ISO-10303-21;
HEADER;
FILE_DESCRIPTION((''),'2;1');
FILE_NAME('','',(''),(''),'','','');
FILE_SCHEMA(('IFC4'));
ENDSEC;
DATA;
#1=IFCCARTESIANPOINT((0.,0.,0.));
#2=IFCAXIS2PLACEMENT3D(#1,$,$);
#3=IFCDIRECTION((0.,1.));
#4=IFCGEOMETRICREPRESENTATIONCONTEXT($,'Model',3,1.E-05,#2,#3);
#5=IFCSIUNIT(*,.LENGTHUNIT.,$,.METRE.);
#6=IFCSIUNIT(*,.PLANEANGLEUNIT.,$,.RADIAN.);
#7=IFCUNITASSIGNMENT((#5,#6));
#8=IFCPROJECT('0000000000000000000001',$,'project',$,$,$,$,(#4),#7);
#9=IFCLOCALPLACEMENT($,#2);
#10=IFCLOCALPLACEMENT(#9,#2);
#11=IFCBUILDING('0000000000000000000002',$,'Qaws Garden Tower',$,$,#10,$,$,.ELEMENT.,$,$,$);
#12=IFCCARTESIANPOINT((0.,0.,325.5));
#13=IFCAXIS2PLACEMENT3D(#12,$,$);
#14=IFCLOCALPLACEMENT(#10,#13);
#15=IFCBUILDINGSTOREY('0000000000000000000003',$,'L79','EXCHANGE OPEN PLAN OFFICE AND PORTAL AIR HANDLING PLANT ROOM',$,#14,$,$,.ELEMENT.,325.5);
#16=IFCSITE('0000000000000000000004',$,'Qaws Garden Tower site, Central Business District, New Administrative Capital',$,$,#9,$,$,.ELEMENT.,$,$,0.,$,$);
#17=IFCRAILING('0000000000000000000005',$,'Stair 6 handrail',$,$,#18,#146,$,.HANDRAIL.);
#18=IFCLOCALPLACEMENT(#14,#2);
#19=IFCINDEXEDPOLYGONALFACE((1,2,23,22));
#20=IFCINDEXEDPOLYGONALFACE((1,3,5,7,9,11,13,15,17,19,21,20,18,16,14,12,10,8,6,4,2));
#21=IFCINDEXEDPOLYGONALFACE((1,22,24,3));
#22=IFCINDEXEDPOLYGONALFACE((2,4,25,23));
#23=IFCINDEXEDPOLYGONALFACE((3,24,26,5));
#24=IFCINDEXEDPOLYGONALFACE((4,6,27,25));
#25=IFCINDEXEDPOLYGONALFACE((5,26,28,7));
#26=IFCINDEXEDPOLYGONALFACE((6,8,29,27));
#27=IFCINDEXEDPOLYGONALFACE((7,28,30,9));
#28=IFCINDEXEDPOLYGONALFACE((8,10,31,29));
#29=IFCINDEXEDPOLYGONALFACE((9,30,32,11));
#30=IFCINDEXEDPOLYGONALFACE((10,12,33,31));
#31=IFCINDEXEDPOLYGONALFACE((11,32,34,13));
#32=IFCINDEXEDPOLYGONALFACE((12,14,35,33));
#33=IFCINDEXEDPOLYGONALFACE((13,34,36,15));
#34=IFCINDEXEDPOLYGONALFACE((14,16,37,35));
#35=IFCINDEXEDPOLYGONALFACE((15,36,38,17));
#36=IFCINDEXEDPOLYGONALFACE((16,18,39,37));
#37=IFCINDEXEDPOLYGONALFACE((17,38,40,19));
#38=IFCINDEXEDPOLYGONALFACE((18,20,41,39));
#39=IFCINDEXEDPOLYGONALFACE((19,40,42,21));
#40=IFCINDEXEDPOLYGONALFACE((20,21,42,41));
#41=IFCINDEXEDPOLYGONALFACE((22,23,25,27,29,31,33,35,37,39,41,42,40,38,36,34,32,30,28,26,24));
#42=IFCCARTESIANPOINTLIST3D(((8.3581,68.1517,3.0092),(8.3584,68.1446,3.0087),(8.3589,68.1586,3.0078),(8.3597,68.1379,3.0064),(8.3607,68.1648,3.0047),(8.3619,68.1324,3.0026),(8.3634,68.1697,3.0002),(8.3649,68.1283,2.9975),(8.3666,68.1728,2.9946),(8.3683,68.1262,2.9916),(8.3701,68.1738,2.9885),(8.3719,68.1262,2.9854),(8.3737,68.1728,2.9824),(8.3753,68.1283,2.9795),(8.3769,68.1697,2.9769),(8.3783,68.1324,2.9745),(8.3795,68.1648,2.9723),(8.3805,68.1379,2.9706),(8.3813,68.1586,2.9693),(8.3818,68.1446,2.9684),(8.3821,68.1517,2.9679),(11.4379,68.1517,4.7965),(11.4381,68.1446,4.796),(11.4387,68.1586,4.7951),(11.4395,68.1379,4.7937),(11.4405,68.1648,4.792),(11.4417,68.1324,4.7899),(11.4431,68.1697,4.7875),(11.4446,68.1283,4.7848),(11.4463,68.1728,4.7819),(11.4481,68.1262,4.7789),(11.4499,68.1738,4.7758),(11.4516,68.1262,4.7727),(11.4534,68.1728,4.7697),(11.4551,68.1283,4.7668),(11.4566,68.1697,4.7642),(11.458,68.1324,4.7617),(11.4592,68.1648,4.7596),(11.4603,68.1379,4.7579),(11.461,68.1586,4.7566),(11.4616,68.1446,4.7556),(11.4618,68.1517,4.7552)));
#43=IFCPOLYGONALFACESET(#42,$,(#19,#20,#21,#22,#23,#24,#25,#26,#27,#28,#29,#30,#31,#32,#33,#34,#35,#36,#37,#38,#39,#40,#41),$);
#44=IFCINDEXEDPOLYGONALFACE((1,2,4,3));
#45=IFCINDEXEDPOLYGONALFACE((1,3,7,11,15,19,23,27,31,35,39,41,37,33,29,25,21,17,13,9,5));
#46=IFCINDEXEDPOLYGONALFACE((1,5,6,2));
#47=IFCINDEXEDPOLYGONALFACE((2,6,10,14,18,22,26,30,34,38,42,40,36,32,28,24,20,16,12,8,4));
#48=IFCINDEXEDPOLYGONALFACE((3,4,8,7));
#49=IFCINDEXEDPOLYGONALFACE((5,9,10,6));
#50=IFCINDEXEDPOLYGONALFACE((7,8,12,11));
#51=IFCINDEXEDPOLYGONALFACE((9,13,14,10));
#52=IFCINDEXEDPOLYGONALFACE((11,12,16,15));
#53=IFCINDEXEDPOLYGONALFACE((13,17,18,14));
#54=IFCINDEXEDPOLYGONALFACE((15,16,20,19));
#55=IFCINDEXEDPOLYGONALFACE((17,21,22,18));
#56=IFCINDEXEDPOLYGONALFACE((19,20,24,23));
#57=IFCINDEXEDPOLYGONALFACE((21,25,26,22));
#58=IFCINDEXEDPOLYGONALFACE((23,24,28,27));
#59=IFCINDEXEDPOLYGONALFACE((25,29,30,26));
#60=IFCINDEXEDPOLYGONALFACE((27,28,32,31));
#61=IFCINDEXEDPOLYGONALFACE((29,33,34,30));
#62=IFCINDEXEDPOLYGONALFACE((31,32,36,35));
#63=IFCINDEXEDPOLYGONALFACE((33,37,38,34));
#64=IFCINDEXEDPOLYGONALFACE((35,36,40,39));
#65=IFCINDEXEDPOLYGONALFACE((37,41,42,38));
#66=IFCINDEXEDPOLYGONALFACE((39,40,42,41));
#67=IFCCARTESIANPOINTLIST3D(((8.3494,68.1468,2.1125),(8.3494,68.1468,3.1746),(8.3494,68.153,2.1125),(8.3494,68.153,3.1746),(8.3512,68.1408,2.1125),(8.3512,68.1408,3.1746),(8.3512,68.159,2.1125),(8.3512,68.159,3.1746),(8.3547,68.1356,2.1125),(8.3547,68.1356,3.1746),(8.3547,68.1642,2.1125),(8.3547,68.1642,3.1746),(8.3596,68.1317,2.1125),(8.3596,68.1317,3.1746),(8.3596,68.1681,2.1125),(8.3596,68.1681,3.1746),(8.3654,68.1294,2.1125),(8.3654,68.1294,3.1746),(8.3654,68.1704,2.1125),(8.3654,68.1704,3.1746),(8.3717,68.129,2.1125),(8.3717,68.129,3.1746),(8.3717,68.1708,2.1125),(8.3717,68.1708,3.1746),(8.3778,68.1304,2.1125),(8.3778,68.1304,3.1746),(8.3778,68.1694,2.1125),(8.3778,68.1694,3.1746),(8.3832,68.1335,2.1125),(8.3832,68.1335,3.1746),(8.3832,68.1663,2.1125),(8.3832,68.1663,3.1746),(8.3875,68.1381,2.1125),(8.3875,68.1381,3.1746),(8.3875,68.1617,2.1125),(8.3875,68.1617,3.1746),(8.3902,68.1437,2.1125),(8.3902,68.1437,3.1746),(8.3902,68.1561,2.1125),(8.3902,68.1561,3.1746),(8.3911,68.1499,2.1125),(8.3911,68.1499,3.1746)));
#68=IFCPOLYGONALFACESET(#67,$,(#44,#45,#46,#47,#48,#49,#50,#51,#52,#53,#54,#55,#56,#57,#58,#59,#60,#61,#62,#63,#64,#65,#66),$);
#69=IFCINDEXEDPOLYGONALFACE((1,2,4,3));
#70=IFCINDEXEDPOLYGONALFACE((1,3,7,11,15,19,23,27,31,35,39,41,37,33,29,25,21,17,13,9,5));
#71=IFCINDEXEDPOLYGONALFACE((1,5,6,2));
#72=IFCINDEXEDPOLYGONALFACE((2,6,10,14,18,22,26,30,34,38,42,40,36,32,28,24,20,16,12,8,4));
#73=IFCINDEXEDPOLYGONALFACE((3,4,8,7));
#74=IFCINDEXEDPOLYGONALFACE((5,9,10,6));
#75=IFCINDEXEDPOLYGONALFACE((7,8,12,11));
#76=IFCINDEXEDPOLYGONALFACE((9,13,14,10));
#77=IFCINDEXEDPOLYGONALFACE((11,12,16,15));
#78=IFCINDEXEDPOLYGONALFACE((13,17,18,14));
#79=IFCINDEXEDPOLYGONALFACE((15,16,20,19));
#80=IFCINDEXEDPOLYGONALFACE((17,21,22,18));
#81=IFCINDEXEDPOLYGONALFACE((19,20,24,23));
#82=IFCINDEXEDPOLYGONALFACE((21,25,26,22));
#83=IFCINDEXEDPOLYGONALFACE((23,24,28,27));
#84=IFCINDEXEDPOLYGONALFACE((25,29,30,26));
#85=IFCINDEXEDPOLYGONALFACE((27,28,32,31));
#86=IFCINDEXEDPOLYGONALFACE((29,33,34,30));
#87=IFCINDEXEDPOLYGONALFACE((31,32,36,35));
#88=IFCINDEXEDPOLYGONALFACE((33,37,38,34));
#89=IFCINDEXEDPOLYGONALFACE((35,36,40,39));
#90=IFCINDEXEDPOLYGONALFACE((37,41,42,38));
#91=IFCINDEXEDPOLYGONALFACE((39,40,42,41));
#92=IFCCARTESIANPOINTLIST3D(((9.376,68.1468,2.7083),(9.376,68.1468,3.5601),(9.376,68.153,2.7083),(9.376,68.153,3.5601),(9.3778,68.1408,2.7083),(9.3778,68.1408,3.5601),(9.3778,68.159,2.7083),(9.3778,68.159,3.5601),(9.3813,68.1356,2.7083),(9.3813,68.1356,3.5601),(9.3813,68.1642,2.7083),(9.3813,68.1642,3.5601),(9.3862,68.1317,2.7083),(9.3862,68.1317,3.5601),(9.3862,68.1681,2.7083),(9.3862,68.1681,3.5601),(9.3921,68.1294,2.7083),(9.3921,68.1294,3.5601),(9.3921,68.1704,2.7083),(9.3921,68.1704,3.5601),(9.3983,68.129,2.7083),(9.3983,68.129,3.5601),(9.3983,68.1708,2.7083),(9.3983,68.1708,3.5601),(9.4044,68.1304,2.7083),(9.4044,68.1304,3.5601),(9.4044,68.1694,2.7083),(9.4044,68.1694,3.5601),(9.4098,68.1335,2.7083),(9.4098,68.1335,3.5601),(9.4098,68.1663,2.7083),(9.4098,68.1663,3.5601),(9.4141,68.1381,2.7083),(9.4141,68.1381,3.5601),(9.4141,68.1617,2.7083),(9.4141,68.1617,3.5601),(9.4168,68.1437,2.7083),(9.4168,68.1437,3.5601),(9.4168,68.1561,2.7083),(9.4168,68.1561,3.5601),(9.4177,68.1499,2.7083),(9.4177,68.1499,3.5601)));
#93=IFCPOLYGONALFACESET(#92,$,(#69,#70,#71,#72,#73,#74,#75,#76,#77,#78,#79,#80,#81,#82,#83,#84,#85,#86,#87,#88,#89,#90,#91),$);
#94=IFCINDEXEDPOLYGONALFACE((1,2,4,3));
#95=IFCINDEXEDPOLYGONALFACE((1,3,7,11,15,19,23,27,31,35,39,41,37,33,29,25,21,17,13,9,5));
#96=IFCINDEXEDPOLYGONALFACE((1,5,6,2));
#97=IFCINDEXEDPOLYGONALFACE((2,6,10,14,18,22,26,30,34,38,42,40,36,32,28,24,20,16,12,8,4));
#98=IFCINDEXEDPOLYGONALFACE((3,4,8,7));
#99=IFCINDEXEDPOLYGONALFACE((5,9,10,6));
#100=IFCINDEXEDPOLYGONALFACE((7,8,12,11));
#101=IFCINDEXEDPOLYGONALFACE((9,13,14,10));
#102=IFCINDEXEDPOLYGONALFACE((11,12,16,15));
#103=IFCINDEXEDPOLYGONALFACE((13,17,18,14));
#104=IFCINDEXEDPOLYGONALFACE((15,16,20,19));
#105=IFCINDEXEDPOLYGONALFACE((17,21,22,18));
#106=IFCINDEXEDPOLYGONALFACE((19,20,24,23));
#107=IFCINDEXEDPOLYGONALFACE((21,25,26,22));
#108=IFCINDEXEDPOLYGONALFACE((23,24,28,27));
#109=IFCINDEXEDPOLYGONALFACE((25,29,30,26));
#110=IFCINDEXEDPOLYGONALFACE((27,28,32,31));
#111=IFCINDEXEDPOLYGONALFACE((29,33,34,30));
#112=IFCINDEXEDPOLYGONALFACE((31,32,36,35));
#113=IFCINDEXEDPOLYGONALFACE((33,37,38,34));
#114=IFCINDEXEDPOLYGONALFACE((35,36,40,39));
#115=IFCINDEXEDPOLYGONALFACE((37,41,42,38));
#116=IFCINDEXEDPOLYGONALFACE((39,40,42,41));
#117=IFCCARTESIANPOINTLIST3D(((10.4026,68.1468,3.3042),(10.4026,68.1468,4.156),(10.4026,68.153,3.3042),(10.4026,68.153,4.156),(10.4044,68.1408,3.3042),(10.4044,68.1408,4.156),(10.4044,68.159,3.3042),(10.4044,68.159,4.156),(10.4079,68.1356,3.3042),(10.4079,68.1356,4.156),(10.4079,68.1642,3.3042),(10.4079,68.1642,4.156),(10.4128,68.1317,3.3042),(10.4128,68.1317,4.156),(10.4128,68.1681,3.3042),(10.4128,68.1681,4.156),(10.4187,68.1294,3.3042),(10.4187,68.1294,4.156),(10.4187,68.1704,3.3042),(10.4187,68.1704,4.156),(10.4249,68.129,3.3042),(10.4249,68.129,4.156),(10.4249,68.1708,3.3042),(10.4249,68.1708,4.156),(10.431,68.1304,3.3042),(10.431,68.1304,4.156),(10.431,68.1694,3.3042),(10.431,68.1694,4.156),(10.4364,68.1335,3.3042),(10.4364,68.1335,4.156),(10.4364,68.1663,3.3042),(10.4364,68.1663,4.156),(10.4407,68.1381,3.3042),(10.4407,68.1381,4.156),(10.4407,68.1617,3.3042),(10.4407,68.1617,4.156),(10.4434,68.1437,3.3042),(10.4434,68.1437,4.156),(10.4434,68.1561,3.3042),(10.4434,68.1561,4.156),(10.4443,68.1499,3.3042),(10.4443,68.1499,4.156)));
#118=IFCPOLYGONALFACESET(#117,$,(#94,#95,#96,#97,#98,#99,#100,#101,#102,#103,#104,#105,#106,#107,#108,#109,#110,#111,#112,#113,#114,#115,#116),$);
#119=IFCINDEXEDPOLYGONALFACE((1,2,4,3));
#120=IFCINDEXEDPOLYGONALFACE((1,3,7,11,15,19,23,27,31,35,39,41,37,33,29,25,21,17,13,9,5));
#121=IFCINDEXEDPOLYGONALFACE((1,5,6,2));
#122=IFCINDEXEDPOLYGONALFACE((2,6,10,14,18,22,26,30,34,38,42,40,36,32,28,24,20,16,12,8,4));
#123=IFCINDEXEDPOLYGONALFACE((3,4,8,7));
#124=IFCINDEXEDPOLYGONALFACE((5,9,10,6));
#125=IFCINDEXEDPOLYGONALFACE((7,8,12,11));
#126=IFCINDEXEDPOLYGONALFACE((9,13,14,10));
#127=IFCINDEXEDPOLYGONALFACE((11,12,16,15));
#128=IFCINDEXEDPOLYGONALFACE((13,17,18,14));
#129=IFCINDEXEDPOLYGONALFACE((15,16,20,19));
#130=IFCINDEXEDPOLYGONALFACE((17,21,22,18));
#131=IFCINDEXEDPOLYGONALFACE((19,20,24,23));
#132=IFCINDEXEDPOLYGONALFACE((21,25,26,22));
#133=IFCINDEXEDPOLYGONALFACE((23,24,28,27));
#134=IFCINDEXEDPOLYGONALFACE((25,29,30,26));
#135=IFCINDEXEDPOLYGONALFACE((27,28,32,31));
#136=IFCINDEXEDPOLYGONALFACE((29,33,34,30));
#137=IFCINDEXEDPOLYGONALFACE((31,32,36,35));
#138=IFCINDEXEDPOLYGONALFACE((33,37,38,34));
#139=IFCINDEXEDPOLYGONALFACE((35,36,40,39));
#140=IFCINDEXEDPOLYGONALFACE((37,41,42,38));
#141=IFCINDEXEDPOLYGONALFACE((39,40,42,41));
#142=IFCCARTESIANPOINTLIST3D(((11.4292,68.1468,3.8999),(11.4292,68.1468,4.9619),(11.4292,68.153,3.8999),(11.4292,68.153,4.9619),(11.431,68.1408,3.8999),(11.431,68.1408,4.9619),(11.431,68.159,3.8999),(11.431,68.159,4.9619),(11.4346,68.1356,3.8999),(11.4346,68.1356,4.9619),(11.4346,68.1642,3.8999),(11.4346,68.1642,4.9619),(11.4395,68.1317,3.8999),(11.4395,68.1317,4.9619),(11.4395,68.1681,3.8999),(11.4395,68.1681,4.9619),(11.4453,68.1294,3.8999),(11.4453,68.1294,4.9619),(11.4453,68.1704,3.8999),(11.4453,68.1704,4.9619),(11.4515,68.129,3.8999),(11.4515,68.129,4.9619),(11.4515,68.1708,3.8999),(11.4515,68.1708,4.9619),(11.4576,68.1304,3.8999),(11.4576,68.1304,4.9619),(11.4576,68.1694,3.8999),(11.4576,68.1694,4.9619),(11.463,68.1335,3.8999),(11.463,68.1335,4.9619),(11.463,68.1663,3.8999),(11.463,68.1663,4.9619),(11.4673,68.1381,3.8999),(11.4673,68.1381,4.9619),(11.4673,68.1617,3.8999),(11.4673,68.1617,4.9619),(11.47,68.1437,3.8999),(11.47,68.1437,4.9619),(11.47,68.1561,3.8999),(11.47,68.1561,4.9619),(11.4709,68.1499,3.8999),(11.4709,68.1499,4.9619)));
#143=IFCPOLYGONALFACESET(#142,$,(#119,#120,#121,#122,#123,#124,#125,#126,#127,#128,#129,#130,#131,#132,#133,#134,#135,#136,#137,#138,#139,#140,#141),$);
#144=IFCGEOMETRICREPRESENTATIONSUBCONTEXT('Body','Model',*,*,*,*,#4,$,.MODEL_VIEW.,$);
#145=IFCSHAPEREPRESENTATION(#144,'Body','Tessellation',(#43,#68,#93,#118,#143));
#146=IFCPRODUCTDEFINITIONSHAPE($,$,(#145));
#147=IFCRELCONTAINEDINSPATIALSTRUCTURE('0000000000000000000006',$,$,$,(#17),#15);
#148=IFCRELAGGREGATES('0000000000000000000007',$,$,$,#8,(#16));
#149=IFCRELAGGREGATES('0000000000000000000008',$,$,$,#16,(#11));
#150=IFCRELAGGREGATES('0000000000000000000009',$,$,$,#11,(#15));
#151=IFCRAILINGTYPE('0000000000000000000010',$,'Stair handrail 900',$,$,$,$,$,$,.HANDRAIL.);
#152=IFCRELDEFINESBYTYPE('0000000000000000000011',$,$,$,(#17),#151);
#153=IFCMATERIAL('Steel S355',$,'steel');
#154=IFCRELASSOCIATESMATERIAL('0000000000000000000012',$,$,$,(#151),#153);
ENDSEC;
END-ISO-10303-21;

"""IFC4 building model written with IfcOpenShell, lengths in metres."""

from ifc_helpers import new_model, si_unit, direction, frame, origin, origin_2d, place, context, subcontext, project, spatial, circle, extrude, material, type_object, element, save


model = new_model("IFC4")

# Units and contexts
model_context = context("Model", 3, precision=1e-05, world=origin(), true_north=direction((0.0, 1.0)))
body_context = subcontext(model_context, "Body", "Model", "MODEL_VIEW")
ifc_project = project(units=[si_unit("LENGTHUNIT", "METRE"), si_unit("PLANEANGLEUNIT", "RADIAN")], contexts=[model_context])

# Site, building, storey
site_placement = place(None, origin())
site = spatial("IfcSite", under=ifc_project, at=site_placement, Name="Qaws Garden Tower site, Central Business District, New Administrative Capital", CompositionType="ELEMENT", RefElevation=0.0)
building_placement = place(site_placement, origin())
building = spatial("IfcBuilding", under=site, at=building_placement, Name="Qaws Garden Tower", CompositionType="ELEMENT")
storey_placement = place(building_placement, frame((0.0, 0.0, 325.5)))
storey = spatial("IfcBuildingStorey", under=building, at=storey_placement, Name="L79", Description="EXCHANGE OPEN PLAN OFFICE AND PORTAL AIR HANDLING PLANT ROOM", CompositionType="ELEMENT", Elevation=325.5)

# Railing
ifc_material_1 = material(Name="Steel S355", Category="steel")
railing_type = type_object("IfcRailingType", Name="Stair handrail 900", PredefinedType="HANDRAIL", material=ifc_material_1)
railing_1_placement = place(storey_placement, frame((8.3701, 68.1499, 2.1125)))
element("IfcRailing", 1, at=railing_1_placement, inside=storey, type_object=railing_type, Name="Stair 6 handrail", PredefinedType="HANDRAIL", context=body_context, shape_type="SweptSolid", body=[
    extrude(circle(Radius=0.0239, at=origin_2d()), frame((0.0, 0.0, 0.876), z_axis=(0.864903, 0.0, 0.501939), x_axis=(0.0, 1.0, 0.0)), (0.0, 0.0, 1.0), 3.5608),
    extrude(circle(Radius=0.021, at=origin_2d()), origin(), (0.0, 0.0, 1.0), 1.062),
    extrude(circle(Radius=0.021, at=origin_2d()), frame((1.0266, 0.0, 0.5957)), (0.0, 0.0, 1.0), 0.8518),
    extrude(circle(Radius=0.021, at=origin_2d()), frame((2.0532, 0.0, 1.1917)), (0.0, 0.0, 1.0), 0.8518),
    extrude(circle(Radius=0.021, at=origin_2d()), frame((3.0798, 0.0, 1.7874)), (0.0, 0.0, 1.0), 1.062),
])

save(model, "model.ifc")
